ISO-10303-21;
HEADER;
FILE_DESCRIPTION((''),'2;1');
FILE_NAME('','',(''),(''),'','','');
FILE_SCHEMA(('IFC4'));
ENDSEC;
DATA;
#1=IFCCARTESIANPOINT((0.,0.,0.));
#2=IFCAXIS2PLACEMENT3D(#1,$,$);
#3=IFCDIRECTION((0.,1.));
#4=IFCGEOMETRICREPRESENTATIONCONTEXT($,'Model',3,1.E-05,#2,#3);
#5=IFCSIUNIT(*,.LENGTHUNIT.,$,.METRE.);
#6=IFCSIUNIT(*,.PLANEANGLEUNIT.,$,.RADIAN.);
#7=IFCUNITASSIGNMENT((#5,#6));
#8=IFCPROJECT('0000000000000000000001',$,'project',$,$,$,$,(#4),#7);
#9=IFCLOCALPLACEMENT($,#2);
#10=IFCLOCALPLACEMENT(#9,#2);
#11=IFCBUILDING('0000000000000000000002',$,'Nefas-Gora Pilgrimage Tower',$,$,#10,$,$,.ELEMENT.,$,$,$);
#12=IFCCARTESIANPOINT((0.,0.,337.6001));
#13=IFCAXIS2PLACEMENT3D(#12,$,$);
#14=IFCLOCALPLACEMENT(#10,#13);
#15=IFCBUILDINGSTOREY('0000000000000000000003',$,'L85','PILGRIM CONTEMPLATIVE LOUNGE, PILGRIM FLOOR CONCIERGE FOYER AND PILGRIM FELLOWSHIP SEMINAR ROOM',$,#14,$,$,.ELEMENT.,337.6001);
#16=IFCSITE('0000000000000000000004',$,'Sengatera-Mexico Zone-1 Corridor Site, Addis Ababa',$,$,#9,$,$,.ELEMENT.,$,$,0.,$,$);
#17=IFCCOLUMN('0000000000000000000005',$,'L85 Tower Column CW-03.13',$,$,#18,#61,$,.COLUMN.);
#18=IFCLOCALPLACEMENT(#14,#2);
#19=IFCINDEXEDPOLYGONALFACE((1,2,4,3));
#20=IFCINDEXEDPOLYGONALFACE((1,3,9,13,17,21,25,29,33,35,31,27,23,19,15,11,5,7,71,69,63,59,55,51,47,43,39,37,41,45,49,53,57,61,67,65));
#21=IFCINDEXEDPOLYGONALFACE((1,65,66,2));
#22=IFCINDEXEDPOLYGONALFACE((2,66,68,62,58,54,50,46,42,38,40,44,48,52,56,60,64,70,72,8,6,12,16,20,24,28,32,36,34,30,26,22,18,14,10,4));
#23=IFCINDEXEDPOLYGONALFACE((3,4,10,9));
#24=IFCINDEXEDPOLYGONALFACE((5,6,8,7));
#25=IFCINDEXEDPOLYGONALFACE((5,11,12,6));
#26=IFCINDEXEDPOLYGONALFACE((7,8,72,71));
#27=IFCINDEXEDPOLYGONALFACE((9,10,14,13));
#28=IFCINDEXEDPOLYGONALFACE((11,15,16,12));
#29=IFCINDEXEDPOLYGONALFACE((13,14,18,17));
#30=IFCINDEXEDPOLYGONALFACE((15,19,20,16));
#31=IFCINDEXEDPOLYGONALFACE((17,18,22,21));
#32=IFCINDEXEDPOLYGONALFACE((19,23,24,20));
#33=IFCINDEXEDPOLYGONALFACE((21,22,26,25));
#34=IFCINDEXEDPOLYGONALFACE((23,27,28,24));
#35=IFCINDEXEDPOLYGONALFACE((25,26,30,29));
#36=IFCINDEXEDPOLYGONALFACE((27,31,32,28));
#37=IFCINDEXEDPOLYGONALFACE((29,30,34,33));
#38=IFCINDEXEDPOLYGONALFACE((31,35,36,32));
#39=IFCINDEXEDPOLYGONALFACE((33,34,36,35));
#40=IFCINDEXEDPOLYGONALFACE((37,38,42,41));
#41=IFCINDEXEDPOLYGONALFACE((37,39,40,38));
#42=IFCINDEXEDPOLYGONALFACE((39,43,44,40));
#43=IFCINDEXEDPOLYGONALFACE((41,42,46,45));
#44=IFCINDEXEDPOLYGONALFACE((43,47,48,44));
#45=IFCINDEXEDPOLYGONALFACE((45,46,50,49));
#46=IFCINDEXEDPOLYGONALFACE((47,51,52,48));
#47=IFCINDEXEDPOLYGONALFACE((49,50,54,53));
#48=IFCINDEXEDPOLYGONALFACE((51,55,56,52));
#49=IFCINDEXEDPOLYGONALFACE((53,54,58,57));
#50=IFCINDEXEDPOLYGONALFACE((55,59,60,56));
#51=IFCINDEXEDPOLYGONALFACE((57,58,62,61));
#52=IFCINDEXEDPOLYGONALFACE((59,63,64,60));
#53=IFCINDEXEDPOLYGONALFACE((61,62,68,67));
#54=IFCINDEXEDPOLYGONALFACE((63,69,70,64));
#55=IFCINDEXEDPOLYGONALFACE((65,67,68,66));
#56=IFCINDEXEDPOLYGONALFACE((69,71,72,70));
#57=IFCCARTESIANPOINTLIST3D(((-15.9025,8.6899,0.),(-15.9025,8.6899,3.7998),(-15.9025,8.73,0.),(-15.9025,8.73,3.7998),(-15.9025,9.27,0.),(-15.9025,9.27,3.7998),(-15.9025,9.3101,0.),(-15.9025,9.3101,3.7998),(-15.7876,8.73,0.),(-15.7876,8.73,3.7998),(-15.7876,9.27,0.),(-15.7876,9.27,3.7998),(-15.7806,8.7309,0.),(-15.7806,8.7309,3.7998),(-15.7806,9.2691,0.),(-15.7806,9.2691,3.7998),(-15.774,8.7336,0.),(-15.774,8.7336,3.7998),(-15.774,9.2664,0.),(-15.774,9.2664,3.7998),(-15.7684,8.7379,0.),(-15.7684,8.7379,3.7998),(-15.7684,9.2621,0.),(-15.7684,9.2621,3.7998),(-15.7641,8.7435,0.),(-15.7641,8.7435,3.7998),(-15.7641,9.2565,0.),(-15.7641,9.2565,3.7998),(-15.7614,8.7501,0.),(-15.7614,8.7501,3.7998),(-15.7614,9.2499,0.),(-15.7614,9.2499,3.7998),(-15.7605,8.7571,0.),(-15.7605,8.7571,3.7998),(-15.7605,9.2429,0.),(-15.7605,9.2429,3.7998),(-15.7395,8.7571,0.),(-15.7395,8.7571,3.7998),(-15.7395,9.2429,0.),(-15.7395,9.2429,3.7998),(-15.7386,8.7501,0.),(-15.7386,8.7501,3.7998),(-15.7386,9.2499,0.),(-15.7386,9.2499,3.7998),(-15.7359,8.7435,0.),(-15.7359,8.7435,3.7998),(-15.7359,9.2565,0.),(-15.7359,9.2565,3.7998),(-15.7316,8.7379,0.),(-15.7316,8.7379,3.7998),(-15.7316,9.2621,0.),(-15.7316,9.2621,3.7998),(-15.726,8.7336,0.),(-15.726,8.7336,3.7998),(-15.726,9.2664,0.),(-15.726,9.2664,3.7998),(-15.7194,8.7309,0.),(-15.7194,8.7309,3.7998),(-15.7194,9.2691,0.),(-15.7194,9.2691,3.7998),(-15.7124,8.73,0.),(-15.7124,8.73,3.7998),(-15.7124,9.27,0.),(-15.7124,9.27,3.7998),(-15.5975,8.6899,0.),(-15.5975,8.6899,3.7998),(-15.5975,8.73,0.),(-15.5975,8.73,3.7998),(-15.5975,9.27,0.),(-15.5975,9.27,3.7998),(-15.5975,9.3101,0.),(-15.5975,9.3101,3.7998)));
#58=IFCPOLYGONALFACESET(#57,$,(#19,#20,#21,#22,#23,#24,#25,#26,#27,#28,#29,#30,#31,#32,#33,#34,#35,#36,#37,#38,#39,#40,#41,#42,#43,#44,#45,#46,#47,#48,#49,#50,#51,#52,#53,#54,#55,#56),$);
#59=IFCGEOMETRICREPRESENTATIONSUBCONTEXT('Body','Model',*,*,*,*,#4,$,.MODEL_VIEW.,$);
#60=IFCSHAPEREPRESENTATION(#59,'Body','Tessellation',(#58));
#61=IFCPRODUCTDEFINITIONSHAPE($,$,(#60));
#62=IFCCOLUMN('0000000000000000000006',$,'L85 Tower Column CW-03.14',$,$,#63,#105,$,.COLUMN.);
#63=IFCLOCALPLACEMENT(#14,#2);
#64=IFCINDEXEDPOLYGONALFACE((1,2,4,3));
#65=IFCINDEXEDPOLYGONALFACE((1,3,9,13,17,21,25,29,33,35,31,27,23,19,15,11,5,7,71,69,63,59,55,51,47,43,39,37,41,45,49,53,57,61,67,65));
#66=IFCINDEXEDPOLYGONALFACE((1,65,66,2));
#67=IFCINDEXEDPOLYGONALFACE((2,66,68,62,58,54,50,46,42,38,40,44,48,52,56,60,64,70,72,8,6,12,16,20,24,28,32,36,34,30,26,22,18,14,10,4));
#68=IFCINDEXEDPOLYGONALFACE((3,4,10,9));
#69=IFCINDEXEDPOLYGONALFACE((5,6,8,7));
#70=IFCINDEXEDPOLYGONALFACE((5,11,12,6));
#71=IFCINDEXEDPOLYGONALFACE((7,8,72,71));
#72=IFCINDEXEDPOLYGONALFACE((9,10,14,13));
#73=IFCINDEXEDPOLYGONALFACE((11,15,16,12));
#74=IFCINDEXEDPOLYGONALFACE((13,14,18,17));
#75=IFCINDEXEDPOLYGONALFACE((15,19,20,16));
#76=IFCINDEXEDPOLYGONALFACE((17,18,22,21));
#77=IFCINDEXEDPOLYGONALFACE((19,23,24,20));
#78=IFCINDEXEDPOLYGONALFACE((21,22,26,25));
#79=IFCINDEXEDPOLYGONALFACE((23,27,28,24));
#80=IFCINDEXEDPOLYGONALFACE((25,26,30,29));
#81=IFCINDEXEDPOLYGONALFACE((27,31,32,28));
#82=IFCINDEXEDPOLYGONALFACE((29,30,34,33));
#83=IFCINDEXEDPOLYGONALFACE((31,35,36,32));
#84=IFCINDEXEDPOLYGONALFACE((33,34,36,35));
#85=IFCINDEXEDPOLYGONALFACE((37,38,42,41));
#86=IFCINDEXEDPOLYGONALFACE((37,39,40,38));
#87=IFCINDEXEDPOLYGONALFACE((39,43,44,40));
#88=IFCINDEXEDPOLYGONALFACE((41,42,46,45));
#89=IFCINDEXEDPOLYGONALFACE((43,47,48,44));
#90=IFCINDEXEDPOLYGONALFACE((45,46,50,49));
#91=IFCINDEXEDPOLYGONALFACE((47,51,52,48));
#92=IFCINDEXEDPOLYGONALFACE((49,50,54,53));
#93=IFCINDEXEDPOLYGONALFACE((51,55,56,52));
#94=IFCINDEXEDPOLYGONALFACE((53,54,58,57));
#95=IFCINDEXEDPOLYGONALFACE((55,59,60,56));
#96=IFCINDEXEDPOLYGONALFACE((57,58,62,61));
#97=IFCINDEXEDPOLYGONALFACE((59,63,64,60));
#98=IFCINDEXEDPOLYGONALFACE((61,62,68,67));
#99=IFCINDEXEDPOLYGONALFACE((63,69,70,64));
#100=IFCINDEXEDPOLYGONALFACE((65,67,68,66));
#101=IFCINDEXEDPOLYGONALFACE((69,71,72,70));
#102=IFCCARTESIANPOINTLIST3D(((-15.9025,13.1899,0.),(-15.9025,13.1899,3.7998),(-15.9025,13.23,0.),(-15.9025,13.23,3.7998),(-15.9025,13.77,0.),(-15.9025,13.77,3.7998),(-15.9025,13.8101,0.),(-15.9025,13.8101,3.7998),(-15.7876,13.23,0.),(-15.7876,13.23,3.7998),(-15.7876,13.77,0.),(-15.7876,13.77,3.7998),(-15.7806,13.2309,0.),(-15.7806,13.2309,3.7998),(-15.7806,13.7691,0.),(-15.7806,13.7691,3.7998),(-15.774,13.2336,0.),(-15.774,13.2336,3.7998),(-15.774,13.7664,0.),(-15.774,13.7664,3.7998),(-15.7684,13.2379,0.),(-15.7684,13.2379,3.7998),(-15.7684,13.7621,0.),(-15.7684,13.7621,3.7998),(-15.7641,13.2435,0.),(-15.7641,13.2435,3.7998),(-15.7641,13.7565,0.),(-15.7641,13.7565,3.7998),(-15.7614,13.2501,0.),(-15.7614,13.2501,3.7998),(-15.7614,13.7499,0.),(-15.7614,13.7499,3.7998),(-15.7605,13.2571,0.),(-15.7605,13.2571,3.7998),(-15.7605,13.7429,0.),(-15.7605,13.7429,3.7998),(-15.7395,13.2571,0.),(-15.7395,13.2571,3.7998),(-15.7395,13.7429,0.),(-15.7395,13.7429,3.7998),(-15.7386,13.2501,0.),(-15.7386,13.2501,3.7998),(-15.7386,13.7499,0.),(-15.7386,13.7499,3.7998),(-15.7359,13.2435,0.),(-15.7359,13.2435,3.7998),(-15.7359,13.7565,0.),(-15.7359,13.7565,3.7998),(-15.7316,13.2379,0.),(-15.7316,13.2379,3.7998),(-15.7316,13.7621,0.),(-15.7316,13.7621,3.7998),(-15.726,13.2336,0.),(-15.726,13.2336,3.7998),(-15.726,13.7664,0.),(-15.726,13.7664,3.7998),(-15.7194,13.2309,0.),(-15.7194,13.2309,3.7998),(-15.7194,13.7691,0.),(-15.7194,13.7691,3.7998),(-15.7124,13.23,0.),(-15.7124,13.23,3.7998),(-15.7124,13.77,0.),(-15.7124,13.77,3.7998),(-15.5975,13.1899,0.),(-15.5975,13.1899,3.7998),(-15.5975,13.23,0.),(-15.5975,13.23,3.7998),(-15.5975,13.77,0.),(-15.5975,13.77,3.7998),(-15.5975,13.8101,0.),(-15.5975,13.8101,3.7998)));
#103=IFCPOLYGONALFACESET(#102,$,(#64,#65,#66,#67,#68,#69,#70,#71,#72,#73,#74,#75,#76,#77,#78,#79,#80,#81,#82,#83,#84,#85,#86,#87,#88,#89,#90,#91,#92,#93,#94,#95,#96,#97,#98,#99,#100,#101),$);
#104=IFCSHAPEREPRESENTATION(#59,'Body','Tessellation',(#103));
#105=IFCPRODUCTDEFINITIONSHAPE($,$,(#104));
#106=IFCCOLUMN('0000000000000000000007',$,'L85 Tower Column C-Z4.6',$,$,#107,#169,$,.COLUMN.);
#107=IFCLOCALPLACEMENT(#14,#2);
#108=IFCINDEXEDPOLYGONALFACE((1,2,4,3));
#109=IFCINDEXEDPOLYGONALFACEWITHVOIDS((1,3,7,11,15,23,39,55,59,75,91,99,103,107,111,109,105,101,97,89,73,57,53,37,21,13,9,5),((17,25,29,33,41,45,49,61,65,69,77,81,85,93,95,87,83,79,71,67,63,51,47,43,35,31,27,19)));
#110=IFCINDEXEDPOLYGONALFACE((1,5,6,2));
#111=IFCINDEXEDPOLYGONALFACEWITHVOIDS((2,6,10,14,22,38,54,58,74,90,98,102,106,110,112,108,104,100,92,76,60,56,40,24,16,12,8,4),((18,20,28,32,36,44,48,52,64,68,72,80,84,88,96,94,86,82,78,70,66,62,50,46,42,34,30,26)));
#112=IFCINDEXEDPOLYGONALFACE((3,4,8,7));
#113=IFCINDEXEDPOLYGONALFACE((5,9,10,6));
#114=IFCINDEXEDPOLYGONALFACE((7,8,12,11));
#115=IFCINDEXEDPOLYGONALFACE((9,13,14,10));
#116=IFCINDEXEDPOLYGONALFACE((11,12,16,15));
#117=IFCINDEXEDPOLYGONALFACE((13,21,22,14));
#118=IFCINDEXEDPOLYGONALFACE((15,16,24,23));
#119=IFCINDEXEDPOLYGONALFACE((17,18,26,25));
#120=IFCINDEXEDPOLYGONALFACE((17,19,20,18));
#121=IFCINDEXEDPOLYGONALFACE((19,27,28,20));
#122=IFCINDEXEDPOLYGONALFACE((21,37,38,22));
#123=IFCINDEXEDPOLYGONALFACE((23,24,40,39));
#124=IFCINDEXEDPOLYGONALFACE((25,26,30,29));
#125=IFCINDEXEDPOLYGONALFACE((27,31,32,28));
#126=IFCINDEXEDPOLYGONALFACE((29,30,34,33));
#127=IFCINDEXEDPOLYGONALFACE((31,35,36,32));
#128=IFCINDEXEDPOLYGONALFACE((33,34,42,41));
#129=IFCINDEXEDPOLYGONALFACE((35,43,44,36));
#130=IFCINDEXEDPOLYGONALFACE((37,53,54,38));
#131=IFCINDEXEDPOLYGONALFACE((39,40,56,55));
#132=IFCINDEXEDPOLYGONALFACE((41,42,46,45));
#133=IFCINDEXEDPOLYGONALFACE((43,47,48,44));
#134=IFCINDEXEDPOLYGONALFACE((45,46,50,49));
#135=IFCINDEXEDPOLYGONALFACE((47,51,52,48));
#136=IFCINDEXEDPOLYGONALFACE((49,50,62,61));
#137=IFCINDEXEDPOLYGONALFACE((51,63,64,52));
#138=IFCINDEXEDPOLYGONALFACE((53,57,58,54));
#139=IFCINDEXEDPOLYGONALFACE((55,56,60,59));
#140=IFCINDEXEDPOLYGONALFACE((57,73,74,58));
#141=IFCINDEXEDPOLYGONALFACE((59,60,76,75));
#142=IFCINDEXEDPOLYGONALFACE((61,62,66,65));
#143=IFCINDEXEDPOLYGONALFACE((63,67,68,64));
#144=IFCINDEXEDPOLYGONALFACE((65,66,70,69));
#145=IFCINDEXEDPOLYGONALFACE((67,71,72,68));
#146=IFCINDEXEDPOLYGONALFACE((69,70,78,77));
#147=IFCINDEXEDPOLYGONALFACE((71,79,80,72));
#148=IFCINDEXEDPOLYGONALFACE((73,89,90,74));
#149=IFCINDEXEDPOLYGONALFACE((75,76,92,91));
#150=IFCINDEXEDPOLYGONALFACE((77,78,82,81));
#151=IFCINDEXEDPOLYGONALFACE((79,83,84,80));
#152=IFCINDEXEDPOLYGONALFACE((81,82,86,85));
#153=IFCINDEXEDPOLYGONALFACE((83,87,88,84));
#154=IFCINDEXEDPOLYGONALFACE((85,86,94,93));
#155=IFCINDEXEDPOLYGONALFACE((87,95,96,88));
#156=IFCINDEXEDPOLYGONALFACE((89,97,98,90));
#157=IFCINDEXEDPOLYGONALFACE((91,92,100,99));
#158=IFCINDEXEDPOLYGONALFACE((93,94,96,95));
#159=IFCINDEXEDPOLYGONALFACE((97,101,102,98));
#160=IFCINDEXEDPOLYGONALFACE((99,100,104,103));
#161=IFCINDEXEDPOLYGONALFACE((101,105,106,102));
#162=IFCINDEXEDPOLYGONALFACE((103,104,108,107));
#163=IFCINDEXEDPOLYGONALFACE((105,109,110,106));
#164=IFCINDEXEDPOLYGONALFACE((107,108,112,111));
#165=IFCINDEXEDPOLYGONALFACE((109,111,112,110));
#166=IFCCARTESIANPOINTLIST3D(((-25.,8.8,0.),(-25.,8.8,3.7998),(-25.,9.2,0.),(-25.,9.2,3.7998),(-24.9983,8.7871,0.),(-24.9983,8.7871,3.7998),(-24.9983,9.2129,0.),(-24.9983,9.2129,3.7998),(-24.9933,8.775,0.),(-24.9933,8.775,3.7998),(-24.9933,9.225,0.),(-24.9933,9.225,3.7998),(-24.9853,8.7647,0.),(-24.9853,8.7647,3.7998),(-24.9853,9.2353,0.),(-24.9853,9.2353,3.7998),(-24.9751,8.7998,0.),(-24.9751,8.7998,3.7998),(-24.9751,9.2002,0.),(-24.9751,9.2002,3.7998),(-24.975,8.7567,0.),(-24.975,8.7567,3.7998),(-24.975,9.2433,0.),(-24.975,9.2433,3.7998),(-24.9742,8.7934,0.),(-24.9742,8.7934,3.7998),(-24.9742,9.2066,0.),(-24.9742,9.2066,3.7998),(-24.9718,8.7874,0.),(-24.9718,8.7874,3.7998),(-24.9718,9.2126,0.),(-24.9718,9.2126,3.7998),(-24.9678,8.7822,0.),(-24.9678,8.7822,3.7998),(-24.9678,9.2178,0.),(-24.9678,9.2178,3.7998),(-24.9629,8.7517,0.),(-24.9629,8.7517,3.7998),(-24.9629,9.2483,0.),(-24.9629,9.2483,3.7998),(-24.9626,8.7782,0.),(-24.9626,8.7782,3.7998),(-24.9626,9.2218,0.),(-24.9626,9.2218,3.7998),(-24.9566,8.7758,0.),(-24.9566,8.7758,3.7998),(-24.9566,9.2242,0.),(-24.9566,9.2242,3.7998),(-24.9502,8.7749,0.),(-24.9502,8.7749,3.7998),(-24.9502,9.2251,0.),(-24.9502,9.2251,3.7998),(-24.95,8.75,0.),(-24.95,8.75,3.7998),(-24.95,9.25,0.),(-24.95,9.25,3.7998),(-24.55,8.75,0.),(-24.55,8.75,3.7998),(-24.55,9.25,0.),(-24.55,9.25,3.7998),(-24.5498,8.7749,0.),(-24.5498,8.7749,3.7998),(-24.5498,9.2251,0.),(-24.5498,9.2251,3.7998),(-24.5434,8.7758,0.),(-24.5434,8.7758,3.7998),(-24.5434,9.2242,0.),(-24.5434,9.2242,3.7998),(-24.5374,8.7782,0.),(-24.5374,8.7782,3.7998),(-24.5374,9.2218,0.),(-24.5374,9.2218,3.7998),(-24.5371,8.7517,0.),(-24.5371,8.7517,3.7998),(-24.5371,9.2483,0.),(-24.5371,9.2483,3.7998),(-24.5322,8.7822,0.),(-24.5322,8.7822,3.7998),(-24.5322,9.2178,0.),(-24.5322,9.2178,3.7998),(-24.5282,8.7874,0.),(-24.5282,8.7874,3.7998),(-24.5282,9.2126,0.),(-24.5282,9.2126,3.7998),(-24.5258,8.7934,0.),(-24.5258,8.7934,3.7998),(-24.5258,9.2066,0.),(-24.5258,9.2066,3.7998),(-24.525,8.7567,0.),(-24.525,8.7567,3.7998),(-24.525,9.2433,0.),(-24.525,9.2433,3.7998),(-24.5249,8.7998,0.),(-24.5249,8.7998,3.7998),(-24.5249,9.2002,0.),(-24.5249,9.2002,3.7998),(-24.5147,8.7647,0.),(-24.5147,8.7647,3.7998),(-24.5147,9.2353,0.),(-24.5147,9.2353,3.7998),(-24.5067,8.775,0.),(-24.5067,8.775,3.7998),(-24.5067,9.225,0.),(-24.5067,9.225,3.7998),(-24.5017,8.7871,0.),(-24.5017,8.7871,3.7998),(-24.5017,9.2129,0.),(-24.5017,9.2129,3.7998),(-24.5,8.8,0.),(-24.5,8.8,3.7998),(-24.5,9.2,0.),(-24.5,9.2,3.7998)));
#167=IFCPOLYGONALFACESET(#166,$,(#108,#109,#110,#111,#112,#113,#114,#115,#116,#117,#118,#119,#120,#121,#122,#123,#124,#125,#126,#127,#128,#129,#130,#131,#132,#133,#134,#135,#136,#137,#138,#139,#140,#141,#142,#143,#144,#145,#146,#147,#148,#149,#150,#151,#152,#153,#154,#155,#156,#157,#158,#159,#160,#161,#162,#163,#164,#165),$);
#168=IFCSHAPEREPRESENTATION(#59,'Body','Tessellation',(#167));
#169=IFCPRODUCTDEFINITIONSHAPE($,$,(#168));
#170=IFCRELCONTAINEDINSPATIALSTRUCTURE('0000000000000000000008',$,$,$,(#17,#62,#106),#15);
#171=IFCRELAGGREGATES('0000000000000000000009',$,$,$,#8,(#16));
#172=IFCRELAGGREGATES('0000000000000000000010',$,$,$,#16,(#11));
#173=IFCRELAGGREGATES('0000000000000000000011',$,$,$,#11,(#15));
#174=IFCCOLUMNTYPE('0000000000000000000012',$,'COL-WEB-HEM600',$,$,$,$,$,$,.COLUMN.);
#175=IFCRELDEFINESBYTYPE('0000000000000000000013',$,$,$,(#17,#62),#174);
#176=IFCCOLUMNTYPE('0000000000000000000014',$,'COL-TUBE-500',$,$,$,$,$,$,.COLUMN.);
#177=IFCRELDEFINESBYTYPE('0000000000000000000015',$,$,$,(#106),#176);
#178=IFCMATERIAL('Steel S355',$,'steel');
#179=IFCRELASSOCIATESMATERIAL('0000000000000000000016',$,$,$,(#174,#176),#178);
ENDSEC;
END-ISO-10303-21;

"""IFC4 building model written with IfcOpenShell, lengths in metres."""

from ifc_helpers import new_model, si_unit, direction, frame, origin, origin_2d, place, context, subcontext, project, spatial, hollow_rectangle, i_section, extrude, source, transform, mapped, material, material_profile, profile_set, type_object, element, save


model = new_model("IFC4")

# Units and contexts
model_context = context("Model", 3, precision=1e-05, world=origin(), true_north=direction((0.0, 1.0)))
body_context = subcontext(model_context, "Body", "Model", "MODEL_VIEW")
ifc_project = project(units=[si_unit("LENGTHUNIT", "METRE"), si_unit("PLANEANGLEUNIT", "RADIAN")], contexts=[model_context])

# Site, building, storey
site_placement = place(None, origin())
site = spatial("IfcSite", under=ifc_project, at=site_placement, Name="Sengatera-Mexico Zone-1 Corridor Site, Addis Ababa", CompositionType="ELEMENT", RefElevation=0.0)
building_placement = place(site_placement, origin())
building = spatial("IfcBuilding", under=site, at=building_placement, Name="Nefas-Gora Pilgrimage Tower", CompositionType="ELEMENT")
storey_placement = place(building_placement, frame((0.0, 0.0, 337.6001)))
storey = spatial("IfcBuildingStorey", under=building, at=storey_placement, Name="L85", Description="PILGRIM CONTEMPLATIVE LOUNGE, PILGRIM FLOOR CONCIERGE FOYER AND PILGRIM FELLOWSHIP SEMINAR ROOM", CompositionType="ELEMENT", Elevation=337.6001)

# Columns
ifc_material_1 = material(Name="Steel S355", Category="steel")
ifc_material_profile_1 = material_profile(ifc_material_1, i_section(OverallWidth=0.3049, OverallDepth=0.6201, WebThickness=0.021, FlangeThickness=0.04, FilletRadius=0.0271, at=origin_2d()), Name="HEM 600")
ifc_profile_set_1 = profile_set([ifc_material_profile_1], Name="Steel S355")
column_type_1 = type_object("IfcColumnType", Name="COL-WEB-HEM600", PredefinedType="COLUMN", material=ifc_profile_set_1)
shared_shape_1 = source(origin(), body_context, "Body", "SweptSolid", [
    extrude(i_section(OverallWidth=0.3049, OverallDepth=0.6201, WebThickness=0.021, FlangeThickness=0.04, FilletRadius=0.0271, at=origin_2d()), origin(), (0.0, 0.0, 1.0), 3.7998),
])
for number, where, z_axis, x_axis, name in (
    (1, (-15.75, 9.0, 0.0), (0.0, 0.0, 1.0), (1.0, 0.0, 0.0), "L85 Tower Column CW-03.13"),
    (2, (-15.75, 13.5, 0.0), (0.0, 0.0, 1.0), (1.0, 0.0, 0.0), "L85 Tower Column CW-03.14"),
):
    element("IfcColumn", number, at=place(storey_placement, frame(where, z_axis=z_axis, x_axis=x_axis)), inside=storey, type_object=column_type_1, Name=name, PredefinedType="COLUMN", context=body_context, shape_type="MappedRepresentation", body=[
        mapped(shared_shape_1, transform((0.0, 0.0, 0.0), x_axis=(1.0, 0.0, 0.0), y_axis=(0.0, 1.0, 0.0), z_axis=(0.0, 0.0, 1.0), scale=1.0)),
    ])
ifc_material_profile_2 = material_profile(ifc_material_1, hollow_rectangle(XDim=0.5, YDim=0.5, WallThickness=0.0249, InnerFilletRadius=0.0249, OuterFilletRadius=0.05, at=origin_2d()), Name="SHS 500x500x25")
ifc_profile_set_2 = profile_set([ifc_material_profile_2], Name="Steel S355")
column_type_2 = type_object("IfcColumnType", Name="COL-TUBE-500", PredefinedType="COLUMN", material=ifc_profile_set_2)
shared_shape_2 = source(origin(), body_context, "Body", "SweptSolid", [
    extrude(hollow_rectangle(XDim=0.5, YDim=0.5, WallThickness=0.0249, InnerFilletRadius=0.0249, OuterFilletRadius=0.05, at=origin_2d()), origin(), (0.0, 0.0, 1.0), 3.7998),
])
for number, where, z_axis, x_axis, name in (
    (3, (-24.75, 9.0, 0.0), (0.0, 0.0, 1.0), (1.0, 0.0, 0.0), "L85 Tower Column C-Z4.6"),
):
    element("IfcColumn", number, at=place(storey_placement, frame(where, z_axis=z_axis, x_axis=x_axis)), inside=storey, type_object=column_type_2, Name=name, PredefinedType="COLUMN", context=body_context, shape_type="MappedRepresentation", body=[
        mapped(shared_shape_2, transform((0.0, 0.0, 0.0), x_axis=(1.0, 0.0, 0.0), y_axis=(0.0, 1.0, 0.0), z_axis=(0.0, 0.0, 1.0), scale=1.0)),
    ])

save(model, "model.ifc")
